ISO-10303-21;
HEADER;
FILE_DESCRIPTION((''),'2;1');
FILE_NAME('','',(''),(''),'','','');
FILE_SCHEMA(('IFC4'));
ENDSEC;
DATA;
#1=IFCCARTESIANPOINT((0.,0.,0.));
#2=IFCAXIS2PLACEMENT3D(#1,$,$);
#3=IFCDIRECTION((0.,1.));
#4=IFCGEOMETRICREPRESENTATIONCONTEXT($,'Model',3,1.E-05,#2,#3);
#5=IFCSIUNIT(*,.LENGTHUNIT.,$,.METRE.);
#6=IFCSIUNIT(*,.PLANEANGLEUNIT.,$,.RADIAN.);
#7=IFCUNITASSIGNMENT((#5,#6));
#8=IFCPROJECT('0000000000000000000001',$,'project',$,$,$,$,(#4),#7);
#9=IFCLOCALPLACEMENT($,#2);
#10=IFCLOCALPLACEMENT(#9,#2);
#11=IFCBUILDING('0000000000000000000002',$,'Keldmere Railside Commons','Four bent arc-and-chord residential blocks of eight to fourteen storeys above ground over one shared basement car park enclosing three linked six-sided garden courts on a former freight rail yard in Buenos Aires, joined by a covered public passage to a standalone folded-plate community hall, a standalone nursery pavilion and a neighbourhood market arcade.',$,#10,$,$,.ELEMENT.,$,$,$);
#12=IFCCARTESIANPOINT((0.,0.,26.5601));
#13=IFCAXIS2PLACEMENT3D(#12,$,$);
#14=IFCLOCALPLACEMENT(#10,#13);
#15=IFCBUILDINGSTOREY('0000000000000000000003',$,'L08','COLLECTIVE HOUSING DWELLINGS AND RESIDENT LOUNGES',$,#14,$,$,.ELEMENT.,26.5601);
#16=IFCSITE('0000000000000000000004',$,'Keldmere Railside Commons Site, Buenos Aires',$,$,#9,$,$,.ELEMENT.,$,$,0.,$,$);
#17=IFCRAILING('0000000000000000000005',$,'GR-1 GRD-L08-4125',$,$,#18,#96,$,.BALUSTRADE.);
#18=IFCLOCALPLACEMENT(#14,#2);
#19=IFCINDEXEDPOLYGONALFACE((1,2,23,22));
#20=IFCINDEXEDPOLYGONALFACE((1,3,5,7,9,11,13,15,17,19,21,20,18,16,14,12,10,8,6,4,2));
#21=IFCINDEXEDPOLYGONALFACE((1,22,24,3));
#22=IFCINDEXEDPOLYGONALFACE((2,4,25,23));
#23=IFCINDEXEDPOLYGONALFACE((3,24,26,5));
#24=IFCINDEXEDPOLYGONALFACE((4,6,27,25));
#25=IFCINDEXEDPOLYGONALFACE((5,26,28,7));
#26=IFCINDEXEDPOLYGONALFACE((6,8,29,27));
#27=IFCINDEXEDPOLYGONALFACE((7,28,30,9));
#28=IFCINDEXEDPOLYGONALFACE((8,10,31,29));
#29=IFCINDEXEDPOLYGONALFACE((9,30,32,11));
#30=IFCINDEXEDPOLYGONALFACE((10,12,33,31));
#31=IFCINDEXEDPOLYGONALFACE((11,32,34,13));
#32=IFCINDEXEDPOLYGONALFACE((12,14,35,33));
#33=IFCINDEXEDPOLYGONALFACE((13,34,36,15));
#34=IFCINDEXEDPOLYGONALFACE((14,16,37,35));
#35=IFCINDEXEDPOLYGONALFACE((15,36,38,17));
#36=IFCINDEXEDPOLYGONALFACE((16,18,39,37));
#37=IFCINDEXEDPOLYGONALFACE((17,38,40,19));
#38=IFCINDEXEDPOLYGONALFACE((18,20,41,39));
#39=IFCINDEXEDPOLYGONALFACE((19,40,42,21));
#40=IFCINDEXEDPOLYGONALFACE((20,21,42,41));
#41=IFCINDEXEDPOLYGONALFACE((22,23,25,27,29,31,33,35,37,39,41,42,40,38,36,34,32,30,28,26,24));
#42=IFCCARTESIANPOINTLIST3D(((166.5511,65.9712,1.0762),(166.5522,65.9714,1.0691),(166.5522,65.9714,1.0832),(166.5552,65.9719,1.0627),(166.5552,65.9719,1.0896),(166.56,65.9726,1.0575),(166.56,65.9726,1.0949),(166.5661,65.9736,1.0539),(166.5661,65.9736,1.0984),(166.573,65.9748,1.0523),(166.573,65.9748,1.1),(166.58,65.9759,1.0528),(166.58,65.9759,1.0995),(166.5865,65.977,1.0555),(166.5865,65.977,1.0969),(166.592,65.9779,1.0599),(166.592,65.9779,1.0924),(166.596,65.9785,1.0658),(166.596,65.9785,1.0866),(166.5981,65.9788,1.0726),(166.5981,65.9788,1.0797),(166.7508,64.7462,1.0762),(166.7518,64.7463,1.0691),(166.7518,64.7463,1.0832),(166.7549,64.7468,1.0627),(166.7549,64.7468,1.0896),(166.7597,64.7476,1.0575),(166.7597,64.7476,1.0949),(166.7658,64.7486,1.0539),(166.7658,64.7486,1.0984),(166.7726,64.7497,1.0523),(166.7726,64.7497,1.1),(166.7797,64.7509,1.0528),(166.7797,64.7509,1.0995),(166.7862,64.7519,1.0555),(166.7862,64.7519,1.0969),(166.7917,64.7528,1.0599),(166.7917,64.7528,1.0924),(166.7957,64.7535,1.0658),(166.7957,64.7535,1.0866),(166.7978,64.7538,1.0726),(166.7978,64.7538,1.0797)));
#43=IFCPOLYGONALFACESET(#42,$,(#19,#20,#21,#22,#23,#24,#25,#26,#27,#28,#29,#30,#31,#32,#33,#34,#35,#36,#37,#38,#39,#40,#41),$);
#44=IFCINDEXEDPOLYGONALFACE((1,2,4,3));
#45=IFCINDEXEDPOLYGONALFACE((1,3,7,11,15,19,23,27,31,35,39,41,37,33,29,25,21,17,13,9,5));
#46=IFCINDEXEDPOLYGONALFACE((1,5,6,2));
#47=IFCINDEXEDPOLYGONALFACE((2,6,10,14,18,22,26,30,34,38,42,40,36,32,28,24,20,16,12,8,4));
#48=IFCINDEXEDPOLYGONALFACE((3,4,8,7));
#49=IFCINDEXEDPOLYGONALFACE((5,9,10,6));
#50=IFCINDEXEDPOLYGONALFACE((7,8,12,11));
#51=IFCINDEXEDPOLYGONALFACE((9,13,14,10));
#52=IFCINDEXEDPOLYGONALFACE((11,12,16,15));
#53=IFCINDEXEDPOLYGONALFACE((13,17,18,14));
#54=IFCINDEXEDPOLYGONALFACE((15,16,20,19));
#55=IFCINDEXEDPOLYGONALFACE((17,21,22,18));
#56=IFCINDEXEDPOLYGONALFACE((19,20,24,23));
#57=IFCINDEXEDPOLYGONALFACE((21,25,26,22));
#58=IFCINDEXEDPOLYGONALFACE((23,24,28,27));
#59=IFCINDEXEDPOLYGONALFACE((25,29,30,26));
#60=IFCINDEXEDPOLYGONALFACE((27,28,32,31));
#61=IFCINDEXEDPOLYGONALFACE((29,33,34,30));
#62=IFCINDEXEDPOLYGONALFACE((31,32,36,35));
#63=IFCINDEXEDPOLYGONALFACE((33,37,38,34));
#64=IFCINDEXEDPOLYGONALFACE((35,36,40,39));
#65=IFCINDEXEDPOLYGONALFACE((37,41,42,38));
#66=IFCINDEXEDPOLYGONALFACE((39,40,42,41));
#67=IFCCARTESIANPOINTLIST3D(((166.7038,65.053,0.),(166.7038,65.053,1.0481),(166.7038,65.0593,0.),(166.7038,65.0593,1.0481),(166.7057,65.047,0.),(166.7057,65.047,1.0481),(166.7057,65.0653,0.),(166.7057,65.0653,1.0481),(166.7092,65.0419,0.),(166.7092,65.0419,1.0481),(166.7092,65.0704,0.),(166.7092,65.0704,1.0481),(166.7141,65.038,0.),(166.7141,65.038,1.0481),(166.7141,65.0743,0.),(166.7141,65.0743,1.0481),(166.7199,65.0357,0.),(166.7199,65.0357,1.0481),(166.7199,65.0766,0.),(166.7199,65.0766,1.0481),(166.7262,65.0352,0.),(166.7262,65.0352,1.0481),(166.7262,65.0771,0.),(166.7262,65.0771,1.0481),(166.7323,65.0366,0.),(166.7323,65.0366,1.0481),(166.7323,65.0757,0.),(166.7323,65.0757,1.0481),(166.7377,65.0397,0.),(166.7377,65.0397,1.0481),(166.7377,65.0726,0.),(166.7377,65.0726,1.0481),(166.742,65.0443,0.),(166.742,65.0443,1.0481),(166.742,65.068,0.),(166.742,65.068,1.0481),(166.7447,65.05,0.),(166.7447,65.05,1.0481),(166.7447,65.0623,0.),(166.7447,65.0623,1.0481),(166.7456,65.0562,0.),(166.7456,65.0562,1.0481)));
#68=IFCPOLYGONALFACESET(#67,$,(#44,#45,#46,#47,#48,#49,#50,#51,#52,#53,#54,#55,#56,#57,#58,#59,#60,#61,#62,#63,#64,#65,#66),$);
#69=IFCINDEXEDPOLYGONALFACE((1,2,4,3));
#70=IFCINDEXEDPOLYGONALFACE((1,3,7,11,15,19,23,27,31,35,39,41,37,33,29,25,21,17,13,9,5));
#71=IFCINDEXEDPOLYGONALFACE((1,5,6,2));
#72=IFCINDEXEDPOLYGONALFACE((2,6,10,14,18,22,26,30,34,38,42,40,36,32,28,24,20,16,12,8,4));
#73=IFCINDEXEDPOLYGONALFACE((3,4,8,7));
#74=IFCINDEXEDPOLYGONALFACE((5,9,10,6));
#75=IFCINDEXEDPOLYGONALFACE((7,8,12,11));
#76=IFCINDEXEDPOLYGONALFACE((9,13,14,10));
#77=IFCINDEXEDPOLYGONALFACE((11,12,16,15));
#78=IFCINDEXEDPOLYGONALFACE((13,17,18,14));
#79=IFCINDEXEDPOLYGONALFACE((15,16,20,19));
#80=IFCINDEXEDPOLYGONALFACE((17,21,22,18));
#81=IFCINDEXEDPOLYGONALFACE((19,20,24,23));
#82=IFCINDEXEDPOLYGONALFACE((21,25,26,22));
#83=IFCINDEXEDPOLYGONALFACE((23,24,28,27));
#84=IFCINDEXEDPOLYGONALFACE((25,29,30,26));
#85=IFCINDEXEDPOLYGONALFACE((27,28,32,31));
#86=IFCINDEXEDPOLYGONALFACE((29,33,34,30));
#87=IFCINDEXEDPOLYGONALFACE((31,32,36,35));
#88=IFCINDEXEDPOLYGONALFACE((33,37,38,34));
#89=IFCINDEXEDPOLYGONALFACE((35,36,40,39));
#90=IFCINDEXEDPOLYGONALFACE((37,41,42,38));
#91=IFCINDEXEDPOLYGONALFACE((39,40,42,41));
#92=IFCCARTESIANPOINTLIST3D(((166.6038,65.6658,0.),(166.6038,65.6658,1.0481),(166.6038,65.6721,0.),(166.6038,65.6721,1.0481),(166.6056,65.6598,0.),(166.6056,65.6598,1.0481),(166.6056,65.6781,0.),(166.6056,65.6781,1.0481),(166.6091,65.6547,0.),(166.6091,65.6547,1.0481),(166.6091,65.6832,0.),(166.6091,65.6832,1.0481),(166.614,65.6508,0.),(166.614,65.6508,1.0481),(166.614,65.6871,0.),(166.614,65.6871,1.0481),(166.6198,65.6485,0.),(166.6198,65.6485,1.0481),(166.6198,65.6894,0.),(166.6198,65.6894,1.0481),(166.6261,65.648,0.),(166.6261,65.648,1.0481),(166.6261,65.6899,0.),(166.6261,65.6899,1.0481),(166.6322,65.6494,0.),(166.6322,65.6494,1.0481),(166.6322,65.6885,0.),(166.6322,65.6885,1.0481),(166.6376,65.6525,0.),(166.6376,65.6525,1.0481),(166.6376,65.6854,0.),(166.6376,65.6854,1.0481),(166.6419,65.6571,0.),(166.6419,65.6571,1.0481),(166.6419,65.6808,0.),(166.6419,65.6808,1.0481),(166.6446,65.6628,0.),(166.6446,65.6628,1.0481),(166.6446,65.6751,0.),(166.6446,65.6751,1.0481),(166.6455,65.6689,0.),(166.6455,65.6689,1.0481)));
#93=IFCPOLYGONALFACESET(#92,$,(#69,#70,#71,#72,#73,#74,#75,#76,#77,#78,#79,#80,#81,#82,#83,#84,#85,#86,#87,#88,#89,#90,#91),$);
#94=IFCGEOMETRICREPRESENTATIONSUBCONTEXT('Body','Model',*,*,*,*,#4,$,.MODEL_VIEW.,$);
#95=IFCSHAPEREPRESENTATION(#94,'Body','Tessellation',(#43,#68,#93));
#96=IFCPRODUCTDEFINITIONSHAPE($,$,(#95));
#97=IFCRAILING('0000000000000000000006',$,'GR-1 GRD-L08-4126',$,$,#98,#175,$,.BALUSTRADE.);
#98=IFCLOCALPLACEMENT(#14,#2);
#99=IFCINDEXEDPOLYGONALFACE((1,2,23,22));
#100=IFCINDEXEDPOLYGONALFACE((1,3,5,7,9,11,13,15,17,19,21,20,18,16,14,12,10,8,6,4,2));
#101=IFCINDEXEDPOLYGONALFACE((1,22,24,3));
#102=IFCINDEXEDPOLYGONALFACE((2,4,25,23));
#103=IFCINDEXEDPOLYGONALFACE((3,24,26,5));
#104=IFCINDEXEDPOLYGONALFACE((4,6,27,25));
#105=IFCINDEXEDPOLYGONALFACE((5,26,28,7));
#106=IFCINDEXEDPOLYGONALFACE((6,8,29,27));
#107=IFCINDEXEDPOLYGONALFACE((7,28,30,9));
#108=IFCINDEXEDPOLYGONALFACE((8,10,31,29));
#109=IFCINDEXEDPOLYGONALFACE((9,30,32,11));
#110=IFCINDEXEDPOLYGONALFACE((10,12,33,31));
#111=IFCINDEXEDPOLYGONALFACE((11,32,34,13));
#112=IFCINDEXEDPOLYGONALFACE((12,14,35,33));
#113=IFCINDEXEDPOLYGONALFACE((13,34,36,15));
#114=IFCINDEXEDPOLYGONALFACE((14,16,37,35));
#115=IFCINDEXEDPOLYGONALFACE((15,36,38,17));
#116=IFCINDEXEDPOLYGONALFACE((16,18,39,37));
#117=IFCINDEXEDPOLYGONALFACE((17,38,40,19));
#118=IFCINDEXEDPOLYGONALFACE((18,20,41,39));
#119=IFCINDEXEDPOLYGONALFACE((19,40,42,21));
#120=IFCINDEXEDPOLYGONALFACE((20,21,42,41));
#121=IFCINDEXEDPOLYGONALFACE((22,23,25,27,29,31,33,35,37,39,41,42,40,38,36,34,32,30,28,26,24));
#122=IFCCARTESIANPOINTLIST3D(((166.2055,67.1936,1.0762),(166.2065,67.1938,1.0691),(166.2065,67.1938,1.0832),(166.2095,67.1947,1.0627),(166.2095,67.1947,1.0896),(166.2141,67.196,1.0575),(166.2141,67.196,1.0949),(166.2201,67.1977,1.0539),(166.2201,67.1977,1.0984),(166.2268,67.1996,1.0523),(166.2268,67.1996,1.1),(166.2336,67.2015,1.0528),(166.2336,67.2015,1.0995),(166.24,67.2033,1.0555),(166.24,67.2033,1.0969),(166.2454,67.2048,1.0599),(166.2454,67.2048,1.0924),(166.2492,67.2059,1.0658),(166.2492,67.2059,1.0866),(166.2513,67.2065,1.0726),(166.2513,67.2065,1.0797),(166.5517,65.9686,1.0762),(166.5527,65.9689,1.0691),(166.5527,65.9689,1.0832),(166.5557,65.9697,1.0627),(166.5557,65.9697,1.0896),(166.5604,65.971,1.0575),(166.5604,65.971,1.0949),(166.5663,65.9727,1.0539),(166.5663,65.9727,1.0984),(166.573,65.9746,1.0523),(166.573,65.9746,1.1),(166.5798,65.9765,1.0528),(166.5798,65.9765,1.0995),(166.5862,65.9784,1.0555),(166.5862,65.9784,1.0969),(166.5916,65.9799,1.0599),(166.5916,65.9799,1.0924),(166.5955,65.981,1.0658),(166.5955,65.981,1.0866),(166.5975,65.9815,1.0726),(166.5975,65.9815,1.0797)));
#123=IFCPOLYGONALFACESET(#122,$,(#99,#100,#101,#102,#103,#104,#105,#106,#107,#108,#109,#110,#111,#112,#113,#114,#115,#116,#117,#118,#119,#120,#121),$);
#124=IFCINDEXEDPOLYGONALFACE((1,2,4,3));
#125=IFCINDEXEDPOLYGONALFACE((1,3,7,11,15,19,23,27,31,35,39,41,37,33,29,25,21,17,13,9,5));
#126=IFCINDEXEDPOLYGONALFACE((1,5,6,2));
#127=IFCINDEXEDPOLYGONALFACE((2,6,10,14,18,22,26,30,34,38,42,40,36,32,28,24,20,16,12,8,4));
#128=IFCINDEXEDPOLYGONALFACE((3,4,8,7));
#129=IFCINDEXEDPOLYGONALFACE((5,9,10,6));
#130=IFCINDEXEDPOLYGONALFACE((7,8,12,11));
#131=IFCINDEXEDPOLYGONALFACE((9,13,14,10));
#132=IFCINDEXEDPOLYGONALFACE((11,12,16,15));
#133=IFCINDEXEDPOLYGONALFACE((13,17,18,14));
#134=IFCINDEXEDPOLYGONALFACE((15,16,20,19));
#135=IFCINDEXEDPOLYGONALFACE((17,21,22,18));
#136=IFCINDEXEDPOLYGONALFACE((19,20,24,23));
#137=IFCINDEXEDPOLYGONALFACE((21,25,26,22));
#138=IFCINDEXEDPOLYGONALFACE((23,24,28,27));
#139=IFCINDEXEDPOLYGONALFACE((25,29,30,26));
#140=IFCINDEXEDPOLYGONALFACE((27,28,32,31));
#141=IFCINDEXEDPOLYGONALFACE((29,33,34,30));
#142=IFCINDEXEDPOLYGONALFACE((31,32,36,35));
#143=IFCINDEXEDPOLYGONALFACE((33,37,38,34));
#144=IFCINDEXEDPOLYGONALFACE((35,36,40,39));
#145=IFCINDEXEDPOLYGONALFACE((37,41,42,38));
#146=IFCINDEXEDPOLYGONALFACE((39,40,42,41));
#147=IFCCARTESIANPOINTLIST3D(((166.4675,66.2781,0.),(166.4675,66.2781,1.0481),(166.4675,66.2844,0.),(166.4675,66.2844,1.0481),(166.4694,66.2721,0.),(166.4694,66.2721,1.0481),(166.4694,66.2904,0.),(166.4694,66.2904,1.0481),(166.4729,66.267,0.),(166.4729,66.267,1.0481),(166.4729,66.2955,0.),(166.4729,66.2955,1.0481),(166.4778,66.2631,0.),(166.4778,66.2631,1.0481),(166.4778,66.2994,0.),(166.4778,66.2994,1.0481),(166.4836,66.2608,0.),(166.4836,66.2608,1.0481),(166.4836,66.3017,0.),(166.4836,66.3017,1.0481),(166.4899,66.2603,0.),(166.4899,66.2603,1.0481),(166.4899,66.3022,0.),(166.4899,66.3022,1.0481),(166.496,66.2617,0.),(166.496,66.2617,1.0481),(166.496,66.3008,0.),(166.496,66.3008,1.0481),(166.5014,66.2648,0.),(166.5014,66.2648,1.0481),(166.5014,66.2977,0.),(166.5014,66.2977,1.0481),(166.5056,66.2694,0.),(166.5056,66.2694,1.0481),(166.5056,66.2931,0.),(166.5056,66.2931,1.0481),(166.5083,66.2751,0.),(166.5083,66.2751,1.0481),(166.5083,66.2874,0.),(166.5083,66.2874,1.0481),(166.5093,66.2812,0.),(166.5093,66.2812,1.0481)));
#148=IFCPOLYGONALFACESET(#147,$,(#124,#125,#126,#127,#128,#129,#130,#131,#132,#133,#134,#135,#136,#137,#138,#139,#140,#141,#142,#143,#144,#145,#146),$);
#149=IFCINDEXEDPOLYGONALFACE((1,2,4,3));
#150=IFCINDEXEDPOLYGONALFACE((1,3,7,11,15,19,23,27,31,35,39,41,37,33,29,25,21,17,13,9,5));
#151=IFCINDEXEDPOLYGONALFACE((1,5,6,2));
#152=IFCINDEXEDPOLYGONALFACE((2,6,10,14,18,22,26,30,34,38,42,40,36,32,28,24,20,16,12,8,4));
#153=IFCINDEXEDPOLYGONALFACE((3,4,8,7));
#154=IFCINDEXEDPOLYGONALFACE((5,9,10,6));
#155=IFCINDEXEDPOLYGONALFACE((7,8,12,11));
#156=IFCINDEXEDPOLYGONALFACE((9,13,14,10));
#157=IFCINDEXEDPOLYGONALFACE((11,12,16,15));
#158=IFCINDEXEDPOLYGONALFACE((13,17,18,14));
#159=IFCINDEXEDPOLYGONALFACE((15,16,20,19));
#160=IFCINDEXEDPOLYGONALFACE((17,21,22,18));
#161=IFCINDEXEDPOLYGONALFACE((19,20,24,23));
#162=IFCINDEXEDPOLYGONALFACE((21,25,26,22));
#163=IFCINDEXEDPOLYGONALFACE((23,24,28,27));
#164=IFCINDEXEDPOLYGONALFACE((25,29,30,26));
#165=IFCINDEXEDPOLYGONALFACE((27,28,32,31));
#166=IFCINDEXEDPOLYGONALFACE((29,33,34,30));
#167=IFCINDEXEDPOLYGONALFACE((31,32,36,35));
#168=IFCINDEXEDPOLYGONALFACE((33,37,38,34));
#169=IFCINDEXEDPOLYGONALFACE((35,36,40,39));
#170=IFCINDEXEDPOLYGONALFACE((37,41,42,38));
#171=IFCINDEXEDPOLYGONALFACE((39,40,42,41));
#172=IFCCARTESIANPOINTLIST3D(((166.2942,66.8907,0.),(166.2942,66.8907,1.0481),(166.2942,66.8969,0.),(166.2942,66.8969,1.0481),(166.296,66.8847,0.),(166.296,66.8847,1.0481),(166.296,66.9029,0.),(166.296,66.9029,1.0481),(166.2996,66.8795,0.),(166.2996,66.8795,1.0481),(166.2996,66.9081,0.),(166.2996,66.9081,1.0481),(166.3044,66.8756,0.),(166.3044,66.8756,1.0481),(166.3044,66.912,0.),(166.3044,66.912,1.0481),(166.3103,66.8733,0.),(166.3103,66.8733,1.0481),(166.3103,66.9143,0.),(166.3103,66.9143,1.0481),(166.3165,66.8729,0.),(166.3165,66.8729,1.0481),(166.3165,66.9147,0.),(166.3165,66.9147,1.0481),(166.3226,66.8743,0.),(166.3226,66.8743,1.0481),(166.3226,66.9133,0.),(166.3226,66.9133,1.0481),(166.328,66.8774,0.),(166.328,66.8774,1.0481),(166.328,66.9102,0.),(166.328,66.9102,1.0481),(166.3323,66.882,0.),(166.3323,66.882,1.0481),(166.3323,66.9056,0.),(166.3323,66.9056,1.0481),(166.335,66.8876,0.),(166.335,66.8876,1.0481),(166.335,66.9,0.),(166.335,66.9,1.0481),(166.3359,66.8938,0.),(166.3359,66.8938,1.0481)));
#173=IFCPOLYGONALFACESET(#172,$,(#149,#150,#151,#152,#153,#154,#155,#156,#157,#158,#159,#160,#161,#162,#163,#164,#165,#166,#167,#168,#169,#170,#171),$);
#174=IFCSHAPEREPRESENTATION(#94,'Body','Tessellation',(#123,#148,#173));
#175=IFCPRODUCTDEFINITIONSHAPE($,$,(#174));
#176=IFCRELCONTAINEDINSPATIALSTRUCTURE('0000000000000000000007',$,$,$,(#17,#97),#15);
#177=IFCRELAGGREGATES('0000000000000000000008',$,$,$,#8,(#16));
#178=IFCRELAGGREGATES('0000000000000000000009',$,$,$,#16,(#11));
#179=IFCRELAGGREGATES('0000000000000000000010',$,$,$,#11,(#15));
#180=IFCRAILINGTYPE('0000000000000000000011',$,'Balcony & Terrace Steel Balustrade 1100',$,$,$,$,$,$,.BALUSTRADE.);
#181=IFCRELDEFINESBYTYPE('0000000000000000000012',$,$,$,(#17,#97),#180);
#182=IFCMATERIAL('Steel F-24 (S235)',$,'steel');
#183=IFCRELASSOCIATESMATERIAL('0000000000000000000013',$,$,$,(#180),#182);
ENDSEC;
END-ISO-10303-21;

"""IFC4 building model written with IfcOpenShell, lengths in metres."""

from ifc_helpers import new_model, si_unit, direction, frame, origin, origin_2d, place, context, subcontext, project, spatial, circle, extrude, material, type_object, element, save


model = new_model("IFC4")

# Units and contexts
model_context = context("Model", 3, precision=1e-05, world=origin(), true_north=direction((0.0, 1.0)))
body_context = subcontext(model_context, "Body", "Model", "MODEL_VIEW")
ifc_project = project(units=[si_unit("LENGTHUNIT", "METRE"), si_unit("PLANEANGLEUNIT", "RADIAN")], contexts=[model_context])

# Site, building, storey
site_placement = place(None, origin())
site = spatial("IfcSite", under=ifc_project, at=site_placement, Name="Keldmere Railside Commons Site, Buenos Aires", CompositionType="ELEMENT", RefElevation=0.0)
building_placement = place(site_placement, origin())
building = spatial("IfcBuilding", under=site, at=building_placement, Name="Keldmere Railside Commons", Description="Four bent arc-and-chord residential blocks of eight to fourteen storeys above ground over one shared basement car park enclosing three linked six-sided garden courts on a former freight rail yard in Buenos Aires, joined by a covered public passage to a standalone folded-plate community hall, a standalone nursery pavilion and a neighbourhood market arcade.", CompositionType="ELEMENT")
storey_placement = place(building_placement, frame((0.0, 0.0, 26.5601)))
storey = spatial("IfcBuildingStorey", under=building, at=storey_placement, Name="L08", Description="COLLECTIVE HOUSING DWELLINGS AND RESIDENT LOUNGES", CompositionType="ELEMENT", Elevation=26.5601)

# Railings
ifc_material_1 = material(Name="Steel F-24 (S235)", Category="steel")
railing_type = type_object("IfcRailingType", Name="Balcony & Terrace Steel Balustrade 1100", PredefinedType="BALUSTRADE", material=ifc_material_1)
railing_1_placement = place(storey_placement, frame((166.7744, 64.75, 0.0)))
element("IfcRailing", 1, at=railing_1_placement, inside=storey, type_object=railing_type, Name="GR-1 GRD-L08-4125", PredefinedType="BALUSTRADE", context=body_context, shape_type="SweptSolid", body=[
    extrude(circle(Radius=0.0239, at=origin_2d()), frame((0.0, 0.0, 1.0762), z_axis=(-0.160889, 0.986972, 0.0), x_axis=(-0.986972, -0.160889, 0.0)), (0.0, 0.0, 1.0), 1.2412),
    extrude(circle(Radius=0.021, at=origin_2d()), frame((-0.0498, 0.3062, 0.0)), (0.0, 0.0, 1.0), 1.0481),
    extrude(circle(Radius=0.021, at=origin_2d()), frame((-0.1499, 0.9189, 0.0)), (0.0, 0.0, 1.0), 1.0481),
])
railing_2_placement = place(storey_placement, frame((166.5747, 65.9751, 0.0)))
element("IfcRailing", 2, at=railing_2_placement, inside=storey, type_object=railing_type, Name="GR-1 GRD-L08-4126", PredefinedType="BALUSTRADE", context=body_context, shape_type="SweptSolid", body=[
    extrude(circle(Radius=0.0239, at=origin_2d()), frame((0.0, 0.0, 1.0762), z_axis=(-0.271984, 0.962302, 0.0), x_axis=(-0.962302, -0.271984, 0.0)), (0.0, 0.0, 1.0), 1.2729),
    extrude(circle(Radius=0.021, at=origin_2d()), frame((-0.0864, 0.3062, 0.0)), (0.0, 0.0, 1.0), 1.0481),
    extrude(circle(Radius=0.021, at=origin_2d()), frame((-0.2598, 0.9187, 0.0)), (0.0, 0.0, 1.0), 1.0481),
])

save(model, "model.ifc")
